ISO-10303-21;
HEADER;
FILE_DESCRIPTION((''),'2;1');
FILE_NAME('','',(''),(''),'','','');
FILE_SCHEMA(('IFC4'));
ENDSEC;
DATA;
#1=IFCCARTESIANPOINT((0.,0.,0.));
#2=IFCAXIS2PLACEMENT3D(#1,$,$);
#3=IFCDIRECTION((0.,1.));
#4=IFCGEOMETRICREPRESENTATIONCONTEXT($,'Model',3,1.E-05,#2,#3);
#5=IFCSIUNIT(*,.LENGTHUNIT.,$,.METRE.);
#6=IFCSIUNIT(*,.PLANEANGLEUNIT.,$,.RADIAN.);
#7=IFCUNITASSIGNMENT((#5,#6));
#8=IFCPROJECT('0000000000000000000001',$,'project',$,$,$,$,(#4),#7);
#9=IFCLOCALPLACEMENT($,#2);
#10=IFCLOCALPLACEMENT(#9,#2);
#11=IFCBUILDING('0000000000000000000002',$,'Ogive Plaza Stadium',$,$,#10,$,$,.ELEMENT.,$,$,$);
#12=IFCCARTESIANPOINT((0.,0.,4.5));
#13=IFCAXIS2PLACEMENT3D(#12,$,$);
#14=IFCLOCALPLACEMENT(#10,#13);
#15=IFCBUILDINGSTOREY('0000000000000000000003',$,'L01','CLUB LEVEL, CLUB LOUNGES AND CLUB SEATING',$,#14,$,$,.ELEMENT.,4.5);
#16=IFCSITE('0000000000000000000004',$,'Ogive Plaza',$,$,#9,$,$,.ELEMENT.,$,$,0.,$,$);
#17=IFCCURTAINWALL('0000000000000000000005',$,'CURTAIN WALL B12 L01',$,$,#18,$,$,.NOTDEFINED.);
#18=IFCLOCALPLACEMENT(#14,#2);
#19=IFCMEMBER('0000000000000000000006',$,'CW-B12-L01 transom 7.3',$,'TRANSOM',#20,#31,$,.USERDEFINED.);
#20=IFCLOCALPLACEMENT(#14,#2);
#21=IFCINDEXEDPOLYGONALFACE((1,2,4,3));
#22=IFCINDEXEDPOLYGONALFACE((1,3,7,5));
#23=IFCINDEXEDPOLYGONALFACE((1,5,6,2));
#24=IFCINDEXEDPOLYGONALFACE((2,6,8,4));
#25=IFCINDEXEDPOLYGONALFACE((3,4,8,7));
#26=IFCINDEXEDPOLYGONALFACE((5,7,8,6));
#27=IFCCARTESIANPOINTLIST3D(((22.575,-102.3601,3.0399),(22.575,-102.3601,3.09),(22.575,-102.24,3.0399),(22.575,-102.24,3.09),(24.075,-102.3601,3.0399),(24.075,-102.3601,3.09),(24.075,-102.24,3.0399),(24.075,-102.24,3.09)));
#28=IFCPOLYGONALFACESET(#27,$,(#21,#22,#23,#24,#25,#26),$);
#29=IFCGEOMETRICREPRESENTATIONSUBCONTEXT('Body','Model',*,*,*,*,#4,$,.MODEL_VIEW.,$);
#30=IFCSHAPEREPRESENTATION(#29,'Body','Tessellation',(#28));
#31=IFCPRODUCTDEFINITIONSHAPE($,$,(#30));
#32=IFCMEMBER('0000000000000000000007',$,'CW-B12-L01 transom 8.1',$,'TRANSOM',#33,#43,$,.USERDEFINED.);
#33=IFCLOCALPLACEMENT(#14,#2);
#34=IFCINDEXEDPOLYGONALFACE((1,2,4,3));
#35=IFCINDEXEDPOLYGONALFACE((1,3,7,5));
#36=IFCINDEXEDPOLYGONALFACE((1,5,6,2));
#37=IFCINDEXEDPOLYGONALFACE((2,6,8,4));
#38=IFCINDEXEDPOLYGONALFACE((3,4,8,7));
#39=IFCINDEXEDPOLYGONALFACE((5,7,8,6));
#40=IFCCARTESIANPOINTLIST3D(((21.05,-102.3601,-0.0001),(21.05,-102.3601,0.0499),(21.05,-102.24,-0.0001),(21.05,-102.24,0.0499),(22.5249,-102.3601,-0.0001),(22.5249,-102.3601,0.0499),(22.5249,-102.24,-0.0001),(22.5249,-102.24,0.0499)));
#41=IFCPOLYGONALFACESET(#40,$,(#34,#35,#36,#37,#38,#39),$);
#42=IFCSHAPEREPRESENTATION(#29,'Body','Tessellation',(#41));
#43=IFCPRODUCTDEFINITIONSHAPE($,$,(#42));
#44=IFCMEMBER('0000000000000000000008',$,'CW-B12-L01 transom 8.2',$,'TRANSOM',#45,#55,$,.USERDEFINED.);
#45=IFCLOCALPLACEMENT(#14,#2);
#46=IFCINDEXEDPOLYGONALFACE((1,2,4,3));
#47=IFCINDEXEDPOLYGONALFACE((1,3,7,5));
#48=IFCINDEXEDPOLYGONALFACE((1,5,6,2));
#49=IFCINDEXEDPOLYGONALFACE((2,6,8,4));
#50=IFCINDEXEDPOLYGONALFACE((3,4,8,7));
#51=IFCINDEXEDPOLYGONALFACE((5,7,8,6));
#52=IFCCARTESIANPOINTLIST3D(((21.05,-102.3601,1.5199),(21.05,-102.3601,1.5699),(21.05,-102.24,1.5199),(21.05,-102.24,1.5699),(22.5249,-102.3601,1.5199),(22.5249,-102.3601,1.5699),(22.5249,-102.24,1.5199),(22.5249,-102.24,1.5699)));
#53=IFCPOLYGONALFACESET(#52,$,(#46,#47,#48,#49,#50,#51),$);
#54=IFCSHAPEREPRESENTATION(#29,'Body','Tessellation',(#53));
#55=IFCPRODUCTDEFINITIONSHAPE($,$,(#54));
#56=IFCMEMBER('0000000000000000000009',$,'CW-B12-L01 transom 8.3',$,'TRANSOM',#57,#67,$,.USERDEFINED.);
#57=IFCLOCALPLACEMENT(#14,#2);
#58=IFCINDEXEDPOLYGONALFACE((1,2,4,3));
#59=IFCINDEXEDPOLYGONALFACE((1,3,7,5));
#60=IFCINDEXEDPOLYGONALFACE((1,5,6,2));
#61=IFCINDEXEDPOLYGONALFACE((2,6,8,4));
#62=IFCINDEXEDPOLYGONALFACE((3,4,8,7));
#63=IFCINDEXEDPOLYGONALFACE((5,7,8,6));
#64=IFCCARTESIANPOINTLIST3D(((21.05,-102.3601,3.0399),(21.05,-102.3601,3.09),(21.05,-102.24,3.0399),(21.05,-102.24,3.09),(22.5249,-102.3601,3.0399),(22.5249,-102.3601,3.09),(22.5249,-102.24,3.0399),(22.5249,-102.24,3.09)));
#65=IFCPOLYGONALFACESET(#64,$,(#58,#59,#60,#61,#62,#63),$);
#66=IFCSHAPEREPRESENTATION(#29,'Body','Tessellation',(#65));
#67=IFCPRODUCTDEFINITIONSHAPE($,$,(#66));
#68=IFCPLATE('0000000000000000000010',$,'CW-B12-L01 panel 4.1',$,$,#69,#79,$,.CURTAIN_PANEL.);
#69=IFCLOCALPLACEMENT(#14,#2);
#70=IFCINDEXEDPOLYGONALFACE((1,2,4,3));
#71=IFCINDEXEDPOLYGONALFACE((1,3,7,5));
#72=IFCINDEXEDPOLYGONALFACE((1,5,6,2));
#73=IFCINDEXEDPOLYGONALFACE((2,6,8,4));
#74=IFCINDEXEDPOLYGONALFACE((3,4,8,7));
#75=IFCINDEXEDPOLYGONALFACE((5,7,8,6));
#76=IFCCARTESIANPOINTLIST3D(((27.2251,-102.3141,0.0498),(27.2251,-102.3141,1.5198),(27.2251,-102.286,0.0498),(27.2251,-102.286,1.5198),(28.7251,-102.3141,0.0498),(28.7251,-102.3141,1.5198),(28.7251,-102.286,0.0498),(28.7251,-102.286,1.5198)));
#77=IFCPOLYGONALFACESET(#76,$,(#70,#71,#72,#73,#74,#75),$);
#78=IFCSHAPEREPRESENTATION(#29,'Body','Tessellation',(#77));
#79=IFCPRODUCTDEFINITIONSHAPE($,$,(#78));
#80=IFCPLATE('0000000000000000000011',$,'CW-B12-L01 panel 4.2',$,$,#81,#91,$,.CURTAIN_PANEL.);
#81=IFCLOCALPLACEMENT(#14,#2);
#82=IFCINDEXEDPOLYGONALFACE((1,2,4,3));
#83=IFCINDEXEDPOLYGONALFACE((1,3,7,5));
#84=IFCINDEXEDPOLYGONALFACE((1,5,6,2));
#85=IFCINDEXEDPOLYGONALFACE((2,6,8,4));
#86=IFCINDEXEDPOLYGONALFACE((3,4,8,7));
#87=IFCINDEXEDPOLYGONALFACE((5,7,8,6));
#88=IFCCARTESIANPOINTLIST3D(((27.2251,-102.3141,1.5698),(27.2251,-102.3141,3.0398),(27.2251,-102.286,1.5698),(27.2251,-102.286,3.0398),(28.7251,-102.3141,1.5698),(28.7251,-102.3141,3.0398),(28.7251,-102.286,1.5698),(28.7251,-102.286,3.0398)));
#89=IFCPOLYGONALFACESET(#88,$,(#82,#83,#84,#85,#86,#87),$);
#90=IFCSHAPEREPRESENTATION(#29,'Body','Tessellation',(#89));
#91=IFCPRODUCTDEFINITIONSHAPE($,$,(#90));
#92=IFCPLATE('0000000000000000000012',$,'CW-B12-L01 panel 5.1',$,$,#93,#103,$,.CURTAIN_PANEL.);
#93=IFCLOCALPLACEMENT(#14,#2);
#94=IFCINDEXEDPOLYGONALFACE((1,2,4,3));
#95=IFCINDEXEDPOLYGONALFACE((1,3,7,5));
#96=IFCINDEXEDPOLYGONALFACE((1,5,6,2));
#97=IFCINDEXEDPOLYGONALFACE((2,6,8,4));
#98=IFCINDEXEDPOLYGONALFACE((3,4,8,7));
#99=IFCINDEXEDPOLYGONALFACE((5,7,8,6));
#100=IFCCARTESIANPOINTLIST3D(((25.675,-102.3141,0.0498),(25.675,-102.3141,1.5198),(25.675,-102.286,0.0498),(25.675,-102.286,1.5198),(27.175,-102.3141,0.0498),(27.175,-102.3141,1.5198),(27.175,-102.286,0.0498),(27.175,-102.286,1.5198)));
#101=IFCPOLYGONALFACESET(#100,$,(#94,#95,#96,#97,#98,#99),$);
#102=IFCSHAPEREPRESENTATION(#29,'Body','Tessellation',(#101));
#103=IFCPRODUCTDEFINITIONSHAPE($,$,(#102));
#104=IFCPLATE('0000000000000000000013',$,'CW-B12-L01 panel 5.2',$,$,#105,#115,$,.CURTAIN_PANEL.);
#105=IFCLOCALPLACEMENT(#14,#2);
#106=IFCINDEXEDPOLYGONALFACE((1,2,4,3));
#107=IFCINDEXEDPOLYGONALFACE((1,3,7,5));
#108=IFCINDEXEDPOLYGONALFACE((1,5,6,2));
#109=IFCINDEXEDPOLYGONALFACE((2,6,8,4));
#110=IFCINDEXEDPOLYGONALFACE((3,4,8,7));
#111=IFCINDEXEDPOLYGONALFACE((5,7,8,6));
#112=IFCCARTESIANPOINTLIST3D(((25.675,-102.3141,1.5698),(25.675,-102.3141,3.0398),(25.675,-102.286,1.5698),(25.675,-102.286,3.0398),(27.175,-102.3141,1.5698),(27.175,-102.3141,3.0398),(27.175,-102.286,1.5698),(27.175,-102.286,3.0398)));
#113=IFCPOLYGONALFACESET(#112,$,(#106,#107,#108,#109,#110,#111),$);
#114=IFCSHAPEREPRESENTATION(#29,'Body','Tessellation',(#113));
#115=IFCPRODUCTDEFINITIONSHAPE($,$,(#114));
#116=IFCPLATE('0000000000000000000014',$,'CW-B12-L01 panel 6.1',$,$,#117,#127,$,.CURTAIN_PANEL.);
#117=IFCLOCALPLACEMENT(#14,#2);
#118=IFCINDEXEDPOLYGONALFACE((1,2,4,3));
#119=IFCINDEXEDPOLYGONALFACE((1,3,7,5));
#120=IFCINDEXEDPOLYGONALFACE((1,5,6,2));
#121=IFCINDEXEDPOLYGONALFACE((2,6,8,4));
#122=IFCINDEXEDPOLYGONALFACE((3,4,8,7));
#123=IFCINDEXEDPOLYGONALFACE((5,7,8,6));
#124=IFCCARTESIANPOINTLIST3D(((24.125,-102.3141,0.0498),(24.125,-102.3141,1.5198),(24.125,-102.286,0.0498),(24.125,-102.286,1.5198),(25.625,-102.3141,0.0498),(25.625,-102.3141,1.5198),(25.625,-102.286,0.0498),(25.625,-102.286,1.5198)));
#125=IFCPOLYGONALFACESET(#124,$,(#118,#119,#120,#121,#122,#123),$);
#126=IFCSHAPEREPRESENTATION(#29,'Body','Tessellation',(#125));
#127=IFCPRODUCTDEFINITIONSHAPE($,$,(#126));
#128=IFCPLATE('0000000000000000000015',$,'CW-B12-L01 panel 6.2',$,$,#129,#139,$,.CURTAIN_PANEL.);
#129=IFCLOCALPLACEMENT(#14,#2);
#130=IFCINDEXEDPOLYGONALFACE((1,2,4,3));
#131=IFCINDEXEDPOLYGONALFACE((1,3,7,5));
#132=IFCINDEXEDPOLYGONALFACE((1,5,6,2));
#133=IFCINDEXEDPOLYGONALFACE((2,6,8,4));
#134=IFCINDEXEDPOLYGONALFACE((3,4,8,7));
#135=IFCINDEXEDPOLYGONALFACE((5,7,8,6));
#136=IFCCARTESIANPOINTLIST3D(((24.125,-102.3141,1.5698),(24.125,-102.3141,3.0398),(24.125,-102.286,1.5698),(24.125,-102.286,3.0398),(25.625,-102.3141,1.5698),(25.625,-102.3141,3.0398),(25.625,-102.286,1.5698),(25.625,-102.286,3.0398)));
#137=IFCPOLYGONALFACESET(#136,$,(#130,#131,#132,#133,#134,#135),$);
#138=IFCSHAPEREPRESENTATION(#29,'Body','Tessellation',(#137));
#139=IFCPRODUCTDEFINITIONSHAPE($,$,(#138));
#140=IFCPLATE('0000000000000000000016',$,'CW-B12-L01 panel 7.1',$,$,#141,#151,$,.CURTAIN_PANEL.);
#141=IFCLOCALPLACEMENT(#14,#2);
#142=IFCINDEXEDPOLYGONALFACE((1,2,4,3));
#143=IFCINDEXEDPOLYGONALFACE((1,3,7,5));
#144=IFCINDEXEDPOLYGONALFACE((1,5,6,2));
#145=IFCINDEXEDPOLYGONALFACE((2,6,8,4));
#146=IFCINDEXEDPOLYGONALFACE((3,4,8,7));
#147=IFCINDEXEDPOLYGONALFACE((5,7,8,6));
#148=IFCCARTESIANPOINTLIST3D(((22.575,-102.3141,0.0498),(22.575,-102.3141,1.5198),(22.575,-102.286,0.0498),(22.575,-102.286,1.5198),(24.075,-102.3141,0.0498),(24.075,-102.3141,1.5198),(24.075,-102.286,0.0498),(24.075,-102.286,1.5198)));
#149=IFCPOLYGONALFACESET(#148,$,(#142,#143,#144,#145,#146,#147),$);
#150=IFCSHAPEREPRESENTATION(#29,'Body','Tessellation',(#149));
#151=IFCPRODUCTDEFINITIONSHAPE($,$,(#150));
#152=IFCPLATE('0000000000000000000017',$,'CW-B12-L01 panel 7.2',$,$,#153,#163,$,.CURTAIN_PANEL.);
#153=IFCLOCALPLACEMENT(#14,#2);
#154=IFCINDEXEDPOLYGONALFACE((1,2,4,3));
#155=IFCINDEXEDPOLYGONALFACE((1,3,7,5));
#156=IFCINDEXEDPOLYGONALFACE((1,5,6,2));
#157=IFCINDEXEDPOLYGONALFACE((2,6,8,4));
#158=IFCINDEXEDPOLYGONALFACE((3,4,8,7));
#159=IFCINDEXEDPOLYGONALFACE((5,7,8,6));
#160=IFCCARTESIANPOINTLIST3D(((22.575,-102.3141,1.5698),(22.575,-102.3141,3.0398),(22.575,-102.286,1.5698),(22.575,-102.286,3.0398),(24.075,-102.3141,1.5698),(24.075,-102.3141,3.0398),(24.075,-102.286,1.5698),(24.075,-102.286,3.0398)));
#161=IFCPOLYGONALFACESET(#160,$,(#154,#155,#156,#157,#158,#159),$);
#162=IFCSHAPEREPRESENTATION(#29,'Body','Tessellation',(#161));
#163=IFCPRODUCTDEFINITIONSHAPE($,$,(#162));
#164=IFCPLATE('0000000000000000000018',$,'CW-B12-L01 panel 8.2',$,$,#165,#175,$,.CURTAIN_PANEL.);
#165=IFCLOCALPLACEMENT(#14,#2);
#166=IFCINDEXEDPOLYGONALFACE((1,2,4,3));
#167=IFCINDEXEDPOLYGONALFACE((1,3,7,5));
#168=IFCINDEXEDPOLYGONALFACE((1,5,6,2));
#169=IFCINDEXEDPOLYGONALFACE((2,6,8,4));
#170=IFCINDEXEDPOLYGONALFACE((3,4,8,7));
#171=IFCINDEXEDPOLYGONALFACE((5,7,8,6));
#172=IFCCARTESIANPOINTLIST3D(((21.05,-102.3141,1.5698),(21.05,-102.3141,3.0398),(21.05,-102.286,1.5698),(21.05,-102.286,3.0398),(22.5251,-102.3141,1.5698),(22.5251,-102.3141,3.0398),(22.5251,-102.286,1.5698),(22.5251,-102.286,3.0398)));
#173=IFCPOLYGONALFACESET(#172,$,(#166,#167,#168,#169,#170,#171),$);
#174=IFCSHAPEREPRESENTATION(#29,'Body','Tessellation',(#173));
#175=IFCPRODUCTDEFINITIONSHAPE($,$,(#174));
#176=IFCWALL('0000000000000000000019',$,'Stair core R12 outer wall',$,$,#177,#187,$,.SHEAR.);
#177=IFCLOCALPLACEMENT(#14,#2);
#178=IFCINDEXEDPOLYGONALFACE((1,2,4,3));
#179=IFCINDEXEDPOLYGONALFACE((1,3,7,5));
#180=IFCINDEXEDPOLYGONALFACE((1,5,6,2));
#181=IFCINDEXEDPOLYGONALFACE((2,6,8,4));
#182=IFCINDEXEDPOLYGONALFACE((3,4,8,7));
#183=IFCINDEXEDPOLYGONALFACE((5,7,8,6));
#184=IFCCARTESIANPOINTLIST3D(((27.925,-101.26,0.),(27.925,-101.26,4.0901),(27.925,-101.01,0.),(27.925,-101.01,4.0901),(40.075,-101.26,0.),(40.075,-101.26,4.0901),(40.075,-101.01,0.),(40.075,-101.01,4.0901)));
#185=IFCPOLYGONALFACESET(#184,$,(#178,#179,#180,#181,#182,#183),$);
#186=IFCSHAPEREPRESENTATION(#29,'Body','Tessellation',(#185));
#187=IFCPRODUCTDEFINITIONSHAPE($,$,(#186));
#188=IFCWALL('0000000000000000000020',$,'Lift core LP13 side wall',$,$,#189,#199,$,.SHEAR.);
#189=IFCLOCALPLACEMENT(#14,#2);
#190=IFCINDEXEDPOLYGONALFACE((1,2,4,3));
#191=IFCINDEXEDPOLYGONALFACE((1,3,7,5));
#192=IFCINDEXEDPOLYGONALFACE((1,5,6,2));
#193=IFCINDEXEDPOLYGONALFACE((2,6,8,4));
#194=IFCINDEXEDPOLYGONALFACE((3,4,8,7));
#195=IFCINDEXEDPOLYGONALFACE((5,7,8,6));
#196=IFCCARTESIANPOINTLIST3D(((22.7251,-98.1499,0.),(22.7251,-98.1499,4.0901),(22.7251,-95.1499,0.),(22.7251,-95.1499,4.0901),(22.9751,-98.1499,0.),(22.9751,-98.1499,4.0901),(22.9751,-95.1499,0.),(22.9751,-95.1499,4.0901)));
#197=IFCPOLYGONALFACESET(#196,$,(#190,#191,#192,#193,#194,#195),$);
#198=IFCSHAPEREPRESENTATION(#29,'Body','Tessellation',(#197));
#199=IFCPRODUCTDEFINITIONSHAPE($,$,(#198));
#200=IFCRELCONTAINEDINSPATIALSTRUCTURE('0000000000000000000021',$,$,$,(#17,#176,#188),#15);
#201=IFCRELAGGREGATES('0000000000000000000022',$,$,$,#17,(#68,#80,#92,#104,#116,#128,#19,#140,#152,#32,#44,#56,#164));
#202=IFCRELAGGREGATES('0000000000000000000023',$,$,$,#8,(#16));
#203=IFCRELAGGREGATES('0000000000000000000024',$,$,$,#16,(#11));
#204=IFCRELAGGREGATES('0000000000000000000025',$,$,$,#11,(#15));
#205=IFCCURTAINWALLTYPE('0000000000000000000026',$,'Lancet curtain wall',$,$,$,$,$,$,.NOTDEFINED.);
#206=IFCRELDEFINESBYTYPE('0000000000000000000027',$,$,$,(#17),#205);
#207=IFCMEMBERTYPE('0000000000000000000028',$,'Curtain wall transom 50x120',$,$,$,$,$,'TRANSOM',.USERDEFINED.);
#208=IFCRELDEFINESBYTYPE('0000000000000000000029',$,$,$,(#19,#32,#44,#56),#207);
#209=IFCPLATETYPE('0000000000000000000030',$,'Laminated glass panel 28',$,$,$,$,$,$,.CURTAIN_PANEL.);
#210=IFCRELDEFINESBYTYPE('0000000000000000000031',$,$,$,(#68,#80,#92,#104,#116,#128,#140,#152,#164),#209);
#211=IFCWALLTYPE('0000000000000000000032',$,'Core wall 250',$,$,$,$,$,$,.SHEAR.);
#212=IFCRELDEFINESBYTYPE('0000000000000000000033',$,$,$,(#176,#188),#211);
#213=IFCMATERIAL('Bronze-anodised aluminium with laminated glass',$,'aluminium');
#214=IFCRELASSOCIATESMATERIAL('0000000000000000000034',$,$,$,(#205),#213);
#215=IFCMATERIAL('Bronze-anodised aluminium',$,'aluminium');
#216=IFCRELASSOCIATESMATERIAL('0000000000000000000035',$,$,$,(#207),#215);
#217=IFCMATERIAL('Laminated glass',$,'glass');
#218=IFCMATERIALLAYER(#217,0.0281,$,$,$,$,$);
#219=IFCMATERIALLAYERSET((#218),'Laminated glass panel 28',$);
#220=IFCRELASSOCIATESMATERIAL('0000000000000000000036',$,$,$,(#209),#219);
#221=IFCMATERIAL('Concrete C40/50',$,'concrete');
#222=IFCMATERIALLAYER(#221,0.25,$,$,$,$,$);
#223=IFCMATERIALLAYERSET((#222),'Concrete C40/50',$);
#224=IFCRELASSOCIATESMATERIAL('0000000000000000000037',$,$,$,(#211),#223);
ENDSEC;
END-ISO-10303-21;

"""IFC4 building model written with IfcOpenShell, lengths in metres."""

from ifc_helpers import new_model, si_unit, direction, frame, frame_2d, origin, origin_2d, place, context, subcontext, project, spatial, rectangle, extrude, material, layer, layer_set, material_profile, profile_set, type_object, element, aggregate, save


model = new_model("IFC4")

# Units and contexts
model_context = context("Model", 3, precision=1e-05, world=origin(), true_north=direction((0.0, 1.0)))
body_context = subcontext(model_context, "Body", "Model", "MODEL_VIEW")
ifc_project = project(units=[si_unit("LENGTHUNIT", "METRE"), si_unit("PLANEANGLEUNIT", "RADIAN")], contexts=[model_context])

# Site, building, storey
site_placement = place(None, origin())
site = spatial("IfcSite", under=ifc_project, at=site_placement, Name="Ogive Plaza", CompositionType="ELEMENT", RefElevation=0.0)
building_placement = place(site_placement, origin())
building = spatial("IfcBuilding", under=site, at=building_placement, Name="Ogive Plaza Stadium", CompositionType="ELEMENT")
storey_placement = place(building_placement, frame((0.0, 0.0, 4.5)))
storey = spatial("IfcBuildingStorey", under=building, at=storey_placement, Name="L01", Description="CLUB LEVEL, CLUB LOUNGES AND CLUB SEATING", CompositionType="ELEMENT", Elevation=4.5)

# Curtain wall, members, plates
ifc_material_1 = material(Name="Bronze-anodised aluminium with laminated glass", Category="aluminium")
curtain_wall_type = type_object("IfcCurtainWallType", Name="Lancet curtain wall", PredefinedType="NOTDEFINED", material=ifc_material_1)
curtain_wall_placement = place(storey_placement, origin())
curtain_wall = element("IfcCurtainWall", 1, at=curtain_wall_placement, inside=storey, type_object=curtain_wall_type, Name="CURTAIN WALL B12 L01", PredefinedType="NOTDEFINED")
ifc_material_2 = material(Name="Bronze-anodised aluminium", Category="aluminium")
ifc_material_profile_1 = material_profile(ifc_material_2, rectangle(XDim=0.1201, YDim=0.05, at=origin_2d()), Name="AL 120x50")
ifc_profile_set_1 = profile_set([ifc_material_profile_1], Name="Bronze-anodised aluminium")
member_type_1 = type_object("IfcMemberType", Name="Curtain wall transom 50x120", ElementType="TRANSOM", PredefinedType="USERDEFINED", material=ifc_profile_set_1)
member_1_placement = place(storey_placement, frame((24.075, -102.3, 3.0649), z_axis=(-1.0, 0.0, 0.0), x_axis=(0.0, -1.0, 0.0)))
member_1 = element("IfcMember", 2, at=member_1_placement, type_object=member_type_1, Name="CW-B12-L01 transom 7.3", ObjectType="TRANSOM", PredefinedType="USERDEFINED", context=body_context, shape_type="SweptSolid", body=[
    extrude(rectangle(XDim=0.1201, YDim=0.05, at=origin_2d()), origin(), (0.0, 0.0, 1.0), 1.5),
])
member_2_placement = place(storey_placement, frame((22.5249, -102.3, 0.0249), z_axis=(-1.0, 0.0, 0.0), x_axis=(0.0, -1.0, 0.0)))
member_2 = element("IfcMember", 3, at=member_2_placement, type_object=member_type_1, Name="CW-B12-L01 transom 8.1", ObjectType="TRANSOM", PredefinedType="USERDEFINED", context=body_context, shape_type="SweptSolid", body=[
    extrude(rectangle(XDim=0.1201, YDim=0.05, at=origin_2d()), origin(), (0.0, 0.0, 1.0), 1.4749),
])
member_3_placement = place(storey_placement, frame((22.5249, -102.3, 1.5449), z_axis=(-1.0, 0.0, 0.0), x_axis=(0.0, -1.0, 0.0)))
member_3 = element("IfcMember", 4, at=member_3_placement, type_object=member_type_1, Name="CW-B12-L01 transom 8.2", ObjectType="TRANSOM", PredefinedType="USERDEFINED", context=body_context, shape_type="SweptSolid", body=[
    extrude(rectangle(XDim=0.1201, YDim=0.05, at=origin_2d()), origin(), (0.0, 0.0, 1.0), 1.4749),
])
member_4_placement = place(storey_placement, frame((22.5249, -102.3, 3.0649), z_axis=(-1.0, 0.0, 0.0), x_axis=(0.0, -1.0, 0.0)))
member_4 = element("IfcMember", 5, at=member_4_placement, type_object=member_type_1, Name="CW-B12-L01 transom 8.3", ObjectType="TRANSOM", PredefinedType="USERDEFINED", context=body_context, shape_type="SweptSolid", body=[
    extrude(rectangle(XDim=0.1201, YDim=0.05, at=origin_2d()), origin(), (0.0, 0.0, 1.0), 1.4749),
])
ifc_material_3 = material(Name="Laminated glass", Category="glass")
ifc_layer_1 = layer(ifc_material_3, 0.0281)
ifc_layer_set_1 = layer_set([ifc_layer_1], Name="Laminated glass panel 28")
plate_type = type_object("IfcPlateType", Name="Laminated glass panel 28", PredefinedType="CURTAIN_PANEL", material=ifc_layer_set_1)
plate_1_placement = place(storey_placement, frame((27.9751, -102.3, 0.0498), z_axis=(0.0, 0.0, 1.0), x_axis=(-1.0, 0.0, 0.0)))
plate_1 = element("IfcPlate", 6, at=plate_1_placement, type_object=plate_type, Name="CW-B12-L01 panel 4.1", PredefinedType="CURTAIN_PANEL", context=body_context, shape_type="SweptSolid", body=[
    extrude(rectangle(XDim=1.5, YDim=0.0281, at=origin_2d()), origin(), (0.0, 0.0, 1.0), 1.47),
])
plate_2_placement = place(storey_placement, frame((27.9751, -102.3, 1.5698), z_axis=(0.0, 0.0, 1.0), x_axis=(-1.0, 0.0, 0.0)))
plate_2 = element("IfcPlate", 7, at=plate_2_placement, type_object=plate_type, Name="CW-B12-L01 panel 4.2", PredefinedType="CURTAIN_PANEL", context=body_context, shape_type="SweptSolid", body=[
    extrude(rectangle(XDim=1.5, YDim=0.0281, at=origin_2d()), origin(), (0.0, 0.0, 1.0), 1.47),
])
plate_3_placement = place(storey_placement, frame((26.425, -102.3, 0.0498), z_axis=(0.0, 0.0, 1.0), x_axis=(-1.0, 0.0, 0.0)))
plate_3 = element("IfcPlate", 8, at=plate_3_placement, type_object=plate_type, Name="CW-B12-L01 panel 5.1", PredefinedType="CURTAIN_PANEL", context=body_context, shape_type="SweptSolid", body=[
    extrude(rectangle(XDim=1.5, YDim=0.0281, at=origin_2d()), origin(), (0.0, 0.0, 1.0), 1.47),
])
plate_4_placement = place(storey_placement, frame((26.425, -102.3, 1.5698), z_axis=(0.0, 0.0, 1.0), x_axis=(-1.0, 0.0, 0.0)))
plate_4 = element("IfcPlate", 9, at=plate_4_placement, type_object=plate_type, Name="CW-B12-L01 panel 5.2", PredefinedType="CURTAIN_PANEL", context=body_context, shape_type="SweptSolid", body=[
    extrude(rectangle(XDim=1.5, YDim=0.0281, at=origin_2d()), origin(), (0.0, 0.0, 1.0), 1.47),
])
plate_5_placement = place(storey_placement, frame((24.875, -102.3, 0.0498), z_axis=(0.0, 0.0, 1.0), x_axis=(-1.0, 0.0, 0.0)))
plate_5 = element("IfcPlate", 10, at=plate_5_placement, type_object=plate_type, Name="CW-B12-L01 panel 6.1", PredefinedType="CURTAIN_PANEL", context=body_context, shape_type="SweptSolid", body=[
    extrude(rectangle(XDim=1.5, YDim=0.0281, at=origin_2d()), origin(), (0.0, 0.0, 1.0), 1.47),
])
plate_6_placement = place(storey_placement, frame((24.875, -102.3, 1.5698), z_axis=(0.0, 0.0, 1.0), x_axis=(-1.0, 0.0, 0.0)))
plate_6 = element("IfcPlate", 11, at=plate_6_placement, type_object=plate_type, Name="CW-B12-L01 panel 6.2", PredefinedType="CURTAIN_PANEL", context=body_context, shape_type="SweptSolid", body=[
    extrude(rectangle(XDim=1.5, YDim=0.0281, at=origin_2d()), origin(), (0.0, 0.0, 1.0), 1.47),
])
plate_7_placement = place(storey_placement, frame((23.325, -102.3, 0.0498), z_axis=(0.0, 0.0, 1.0), x_axis=(-1.0, 0.0, 0.0)))
plate_7 = element("IfcPlate", 12, at=plate_7_placement, type_object=plate_type, Name="CW-B12-L01 panel 7.1", PredefinedType="CURTAIN_PANEL", context=body_context, shape_type="SweptSolid", body=[
    extrude(rectangle(XDim=1.5, YDim=0.0281, at=origin_2d()), origin(), (0.0, 0.0, 1.0), 1.47),
])
plate_8_placement = place(storey_placement, frame((23.325, -102.3, 1.5698), z_axis=(0.0, 0.0, 1.0), x_axis=(-1.0, 0.0, 0.0)))
plate_8 = element("IfcPlate", 13, at=plate_8_placement, type_object=plate_type, Name="CW-B12-L01 panel 7.2", PredefinedType="CURTAIN_PANEL", context=body_context, shape_type="SweptSolid", body=[
    extrude(rectangle(XDim=1.5, YDim=0.0281, at=origin_2d()), origin(), (0.0, 0.0, 1.0), 1.47),
])
plate_9_placement = place(storey_placement, frame((21.7876, -102.3, 1.5698), z_axis=(0.0, 0.0, 1.0), x_axis=(-1.0, 0.0, 0.0)))
plate_9 = element("IfcPlate", 14, at=plate_9_placement, type_object=plate_type, Name="CW-B12-L01 panel 8.2", PredefinedType="CURTAIN_PANEL", context=body_context, shape_type="SweptSolid", body=[
    extrude(rectangle(XDim=1.4751, YDim=0.0281, at=origin_2d()), origin(), (0.0, 0.0, 1.0), 1.47),
])
aggregate(curtain_wall, [plate_1, plate_2, plate_3, plate_4, plate_5, plate_6, member_1, plate_7, plate_8, member_2, member_3, member_4, plate_9])

# Walls
ifc_material_4 = material(Name="Concrete C40/50", Category="concrete")
ifc_layer_2 = layer(ifc_material_4, 0.25)
ifc_layer_set_2 = layer_set([ifc_layer_2], Name="Concrete C40/50")
wall_type = type_object("IfcWallType", Name="Core wall 250", PredefinedType="SHEAR", material=ifc_layer_set_2)
wall_1_placement = place(storey_placement, frame((27.925, -101.135, 0.0), z_axis=(0.0, 0.0, 1.0), x_axis=(1.0, 0.0, 0.0)))
element("IfcWall", 15, at=wall_1_placement, inside=storey, type_object=wall_type, Name="Stair core R12 outer wall", PredefinedType="SHEAR", context=body_context, shape_type="SweptSolid", body=[
    extrude(rectangle(XDim=12.1499, YDim=0.25, at=frame_2d((6.075, 0.0))), origin(), (0.0, 0.0, 1.0), 4.0901),
])
wall_2_placement = place(storey_placement, frame((22.8501, -95.1499, 0.0), z_axis=(0.0, 0.0, 1.0), x_axis=(0.0, -1.0, 0.0)))
element("IfcWall", 16, at=wall_2_placement, inside=storey, type_object=wall_type, Name="Lift core LP13 side wall", PredefinedType="SHEAR", context=body_context, shape_type="SweptSolid", body=[
    extrude(rectangle(XDim=3.0, YDim=0.25, at=frame_2d((1.5, 0.0))), origin(), (0.0, 0.0, 1.0), 4.0901),
])

save(model, "model.ifc")
